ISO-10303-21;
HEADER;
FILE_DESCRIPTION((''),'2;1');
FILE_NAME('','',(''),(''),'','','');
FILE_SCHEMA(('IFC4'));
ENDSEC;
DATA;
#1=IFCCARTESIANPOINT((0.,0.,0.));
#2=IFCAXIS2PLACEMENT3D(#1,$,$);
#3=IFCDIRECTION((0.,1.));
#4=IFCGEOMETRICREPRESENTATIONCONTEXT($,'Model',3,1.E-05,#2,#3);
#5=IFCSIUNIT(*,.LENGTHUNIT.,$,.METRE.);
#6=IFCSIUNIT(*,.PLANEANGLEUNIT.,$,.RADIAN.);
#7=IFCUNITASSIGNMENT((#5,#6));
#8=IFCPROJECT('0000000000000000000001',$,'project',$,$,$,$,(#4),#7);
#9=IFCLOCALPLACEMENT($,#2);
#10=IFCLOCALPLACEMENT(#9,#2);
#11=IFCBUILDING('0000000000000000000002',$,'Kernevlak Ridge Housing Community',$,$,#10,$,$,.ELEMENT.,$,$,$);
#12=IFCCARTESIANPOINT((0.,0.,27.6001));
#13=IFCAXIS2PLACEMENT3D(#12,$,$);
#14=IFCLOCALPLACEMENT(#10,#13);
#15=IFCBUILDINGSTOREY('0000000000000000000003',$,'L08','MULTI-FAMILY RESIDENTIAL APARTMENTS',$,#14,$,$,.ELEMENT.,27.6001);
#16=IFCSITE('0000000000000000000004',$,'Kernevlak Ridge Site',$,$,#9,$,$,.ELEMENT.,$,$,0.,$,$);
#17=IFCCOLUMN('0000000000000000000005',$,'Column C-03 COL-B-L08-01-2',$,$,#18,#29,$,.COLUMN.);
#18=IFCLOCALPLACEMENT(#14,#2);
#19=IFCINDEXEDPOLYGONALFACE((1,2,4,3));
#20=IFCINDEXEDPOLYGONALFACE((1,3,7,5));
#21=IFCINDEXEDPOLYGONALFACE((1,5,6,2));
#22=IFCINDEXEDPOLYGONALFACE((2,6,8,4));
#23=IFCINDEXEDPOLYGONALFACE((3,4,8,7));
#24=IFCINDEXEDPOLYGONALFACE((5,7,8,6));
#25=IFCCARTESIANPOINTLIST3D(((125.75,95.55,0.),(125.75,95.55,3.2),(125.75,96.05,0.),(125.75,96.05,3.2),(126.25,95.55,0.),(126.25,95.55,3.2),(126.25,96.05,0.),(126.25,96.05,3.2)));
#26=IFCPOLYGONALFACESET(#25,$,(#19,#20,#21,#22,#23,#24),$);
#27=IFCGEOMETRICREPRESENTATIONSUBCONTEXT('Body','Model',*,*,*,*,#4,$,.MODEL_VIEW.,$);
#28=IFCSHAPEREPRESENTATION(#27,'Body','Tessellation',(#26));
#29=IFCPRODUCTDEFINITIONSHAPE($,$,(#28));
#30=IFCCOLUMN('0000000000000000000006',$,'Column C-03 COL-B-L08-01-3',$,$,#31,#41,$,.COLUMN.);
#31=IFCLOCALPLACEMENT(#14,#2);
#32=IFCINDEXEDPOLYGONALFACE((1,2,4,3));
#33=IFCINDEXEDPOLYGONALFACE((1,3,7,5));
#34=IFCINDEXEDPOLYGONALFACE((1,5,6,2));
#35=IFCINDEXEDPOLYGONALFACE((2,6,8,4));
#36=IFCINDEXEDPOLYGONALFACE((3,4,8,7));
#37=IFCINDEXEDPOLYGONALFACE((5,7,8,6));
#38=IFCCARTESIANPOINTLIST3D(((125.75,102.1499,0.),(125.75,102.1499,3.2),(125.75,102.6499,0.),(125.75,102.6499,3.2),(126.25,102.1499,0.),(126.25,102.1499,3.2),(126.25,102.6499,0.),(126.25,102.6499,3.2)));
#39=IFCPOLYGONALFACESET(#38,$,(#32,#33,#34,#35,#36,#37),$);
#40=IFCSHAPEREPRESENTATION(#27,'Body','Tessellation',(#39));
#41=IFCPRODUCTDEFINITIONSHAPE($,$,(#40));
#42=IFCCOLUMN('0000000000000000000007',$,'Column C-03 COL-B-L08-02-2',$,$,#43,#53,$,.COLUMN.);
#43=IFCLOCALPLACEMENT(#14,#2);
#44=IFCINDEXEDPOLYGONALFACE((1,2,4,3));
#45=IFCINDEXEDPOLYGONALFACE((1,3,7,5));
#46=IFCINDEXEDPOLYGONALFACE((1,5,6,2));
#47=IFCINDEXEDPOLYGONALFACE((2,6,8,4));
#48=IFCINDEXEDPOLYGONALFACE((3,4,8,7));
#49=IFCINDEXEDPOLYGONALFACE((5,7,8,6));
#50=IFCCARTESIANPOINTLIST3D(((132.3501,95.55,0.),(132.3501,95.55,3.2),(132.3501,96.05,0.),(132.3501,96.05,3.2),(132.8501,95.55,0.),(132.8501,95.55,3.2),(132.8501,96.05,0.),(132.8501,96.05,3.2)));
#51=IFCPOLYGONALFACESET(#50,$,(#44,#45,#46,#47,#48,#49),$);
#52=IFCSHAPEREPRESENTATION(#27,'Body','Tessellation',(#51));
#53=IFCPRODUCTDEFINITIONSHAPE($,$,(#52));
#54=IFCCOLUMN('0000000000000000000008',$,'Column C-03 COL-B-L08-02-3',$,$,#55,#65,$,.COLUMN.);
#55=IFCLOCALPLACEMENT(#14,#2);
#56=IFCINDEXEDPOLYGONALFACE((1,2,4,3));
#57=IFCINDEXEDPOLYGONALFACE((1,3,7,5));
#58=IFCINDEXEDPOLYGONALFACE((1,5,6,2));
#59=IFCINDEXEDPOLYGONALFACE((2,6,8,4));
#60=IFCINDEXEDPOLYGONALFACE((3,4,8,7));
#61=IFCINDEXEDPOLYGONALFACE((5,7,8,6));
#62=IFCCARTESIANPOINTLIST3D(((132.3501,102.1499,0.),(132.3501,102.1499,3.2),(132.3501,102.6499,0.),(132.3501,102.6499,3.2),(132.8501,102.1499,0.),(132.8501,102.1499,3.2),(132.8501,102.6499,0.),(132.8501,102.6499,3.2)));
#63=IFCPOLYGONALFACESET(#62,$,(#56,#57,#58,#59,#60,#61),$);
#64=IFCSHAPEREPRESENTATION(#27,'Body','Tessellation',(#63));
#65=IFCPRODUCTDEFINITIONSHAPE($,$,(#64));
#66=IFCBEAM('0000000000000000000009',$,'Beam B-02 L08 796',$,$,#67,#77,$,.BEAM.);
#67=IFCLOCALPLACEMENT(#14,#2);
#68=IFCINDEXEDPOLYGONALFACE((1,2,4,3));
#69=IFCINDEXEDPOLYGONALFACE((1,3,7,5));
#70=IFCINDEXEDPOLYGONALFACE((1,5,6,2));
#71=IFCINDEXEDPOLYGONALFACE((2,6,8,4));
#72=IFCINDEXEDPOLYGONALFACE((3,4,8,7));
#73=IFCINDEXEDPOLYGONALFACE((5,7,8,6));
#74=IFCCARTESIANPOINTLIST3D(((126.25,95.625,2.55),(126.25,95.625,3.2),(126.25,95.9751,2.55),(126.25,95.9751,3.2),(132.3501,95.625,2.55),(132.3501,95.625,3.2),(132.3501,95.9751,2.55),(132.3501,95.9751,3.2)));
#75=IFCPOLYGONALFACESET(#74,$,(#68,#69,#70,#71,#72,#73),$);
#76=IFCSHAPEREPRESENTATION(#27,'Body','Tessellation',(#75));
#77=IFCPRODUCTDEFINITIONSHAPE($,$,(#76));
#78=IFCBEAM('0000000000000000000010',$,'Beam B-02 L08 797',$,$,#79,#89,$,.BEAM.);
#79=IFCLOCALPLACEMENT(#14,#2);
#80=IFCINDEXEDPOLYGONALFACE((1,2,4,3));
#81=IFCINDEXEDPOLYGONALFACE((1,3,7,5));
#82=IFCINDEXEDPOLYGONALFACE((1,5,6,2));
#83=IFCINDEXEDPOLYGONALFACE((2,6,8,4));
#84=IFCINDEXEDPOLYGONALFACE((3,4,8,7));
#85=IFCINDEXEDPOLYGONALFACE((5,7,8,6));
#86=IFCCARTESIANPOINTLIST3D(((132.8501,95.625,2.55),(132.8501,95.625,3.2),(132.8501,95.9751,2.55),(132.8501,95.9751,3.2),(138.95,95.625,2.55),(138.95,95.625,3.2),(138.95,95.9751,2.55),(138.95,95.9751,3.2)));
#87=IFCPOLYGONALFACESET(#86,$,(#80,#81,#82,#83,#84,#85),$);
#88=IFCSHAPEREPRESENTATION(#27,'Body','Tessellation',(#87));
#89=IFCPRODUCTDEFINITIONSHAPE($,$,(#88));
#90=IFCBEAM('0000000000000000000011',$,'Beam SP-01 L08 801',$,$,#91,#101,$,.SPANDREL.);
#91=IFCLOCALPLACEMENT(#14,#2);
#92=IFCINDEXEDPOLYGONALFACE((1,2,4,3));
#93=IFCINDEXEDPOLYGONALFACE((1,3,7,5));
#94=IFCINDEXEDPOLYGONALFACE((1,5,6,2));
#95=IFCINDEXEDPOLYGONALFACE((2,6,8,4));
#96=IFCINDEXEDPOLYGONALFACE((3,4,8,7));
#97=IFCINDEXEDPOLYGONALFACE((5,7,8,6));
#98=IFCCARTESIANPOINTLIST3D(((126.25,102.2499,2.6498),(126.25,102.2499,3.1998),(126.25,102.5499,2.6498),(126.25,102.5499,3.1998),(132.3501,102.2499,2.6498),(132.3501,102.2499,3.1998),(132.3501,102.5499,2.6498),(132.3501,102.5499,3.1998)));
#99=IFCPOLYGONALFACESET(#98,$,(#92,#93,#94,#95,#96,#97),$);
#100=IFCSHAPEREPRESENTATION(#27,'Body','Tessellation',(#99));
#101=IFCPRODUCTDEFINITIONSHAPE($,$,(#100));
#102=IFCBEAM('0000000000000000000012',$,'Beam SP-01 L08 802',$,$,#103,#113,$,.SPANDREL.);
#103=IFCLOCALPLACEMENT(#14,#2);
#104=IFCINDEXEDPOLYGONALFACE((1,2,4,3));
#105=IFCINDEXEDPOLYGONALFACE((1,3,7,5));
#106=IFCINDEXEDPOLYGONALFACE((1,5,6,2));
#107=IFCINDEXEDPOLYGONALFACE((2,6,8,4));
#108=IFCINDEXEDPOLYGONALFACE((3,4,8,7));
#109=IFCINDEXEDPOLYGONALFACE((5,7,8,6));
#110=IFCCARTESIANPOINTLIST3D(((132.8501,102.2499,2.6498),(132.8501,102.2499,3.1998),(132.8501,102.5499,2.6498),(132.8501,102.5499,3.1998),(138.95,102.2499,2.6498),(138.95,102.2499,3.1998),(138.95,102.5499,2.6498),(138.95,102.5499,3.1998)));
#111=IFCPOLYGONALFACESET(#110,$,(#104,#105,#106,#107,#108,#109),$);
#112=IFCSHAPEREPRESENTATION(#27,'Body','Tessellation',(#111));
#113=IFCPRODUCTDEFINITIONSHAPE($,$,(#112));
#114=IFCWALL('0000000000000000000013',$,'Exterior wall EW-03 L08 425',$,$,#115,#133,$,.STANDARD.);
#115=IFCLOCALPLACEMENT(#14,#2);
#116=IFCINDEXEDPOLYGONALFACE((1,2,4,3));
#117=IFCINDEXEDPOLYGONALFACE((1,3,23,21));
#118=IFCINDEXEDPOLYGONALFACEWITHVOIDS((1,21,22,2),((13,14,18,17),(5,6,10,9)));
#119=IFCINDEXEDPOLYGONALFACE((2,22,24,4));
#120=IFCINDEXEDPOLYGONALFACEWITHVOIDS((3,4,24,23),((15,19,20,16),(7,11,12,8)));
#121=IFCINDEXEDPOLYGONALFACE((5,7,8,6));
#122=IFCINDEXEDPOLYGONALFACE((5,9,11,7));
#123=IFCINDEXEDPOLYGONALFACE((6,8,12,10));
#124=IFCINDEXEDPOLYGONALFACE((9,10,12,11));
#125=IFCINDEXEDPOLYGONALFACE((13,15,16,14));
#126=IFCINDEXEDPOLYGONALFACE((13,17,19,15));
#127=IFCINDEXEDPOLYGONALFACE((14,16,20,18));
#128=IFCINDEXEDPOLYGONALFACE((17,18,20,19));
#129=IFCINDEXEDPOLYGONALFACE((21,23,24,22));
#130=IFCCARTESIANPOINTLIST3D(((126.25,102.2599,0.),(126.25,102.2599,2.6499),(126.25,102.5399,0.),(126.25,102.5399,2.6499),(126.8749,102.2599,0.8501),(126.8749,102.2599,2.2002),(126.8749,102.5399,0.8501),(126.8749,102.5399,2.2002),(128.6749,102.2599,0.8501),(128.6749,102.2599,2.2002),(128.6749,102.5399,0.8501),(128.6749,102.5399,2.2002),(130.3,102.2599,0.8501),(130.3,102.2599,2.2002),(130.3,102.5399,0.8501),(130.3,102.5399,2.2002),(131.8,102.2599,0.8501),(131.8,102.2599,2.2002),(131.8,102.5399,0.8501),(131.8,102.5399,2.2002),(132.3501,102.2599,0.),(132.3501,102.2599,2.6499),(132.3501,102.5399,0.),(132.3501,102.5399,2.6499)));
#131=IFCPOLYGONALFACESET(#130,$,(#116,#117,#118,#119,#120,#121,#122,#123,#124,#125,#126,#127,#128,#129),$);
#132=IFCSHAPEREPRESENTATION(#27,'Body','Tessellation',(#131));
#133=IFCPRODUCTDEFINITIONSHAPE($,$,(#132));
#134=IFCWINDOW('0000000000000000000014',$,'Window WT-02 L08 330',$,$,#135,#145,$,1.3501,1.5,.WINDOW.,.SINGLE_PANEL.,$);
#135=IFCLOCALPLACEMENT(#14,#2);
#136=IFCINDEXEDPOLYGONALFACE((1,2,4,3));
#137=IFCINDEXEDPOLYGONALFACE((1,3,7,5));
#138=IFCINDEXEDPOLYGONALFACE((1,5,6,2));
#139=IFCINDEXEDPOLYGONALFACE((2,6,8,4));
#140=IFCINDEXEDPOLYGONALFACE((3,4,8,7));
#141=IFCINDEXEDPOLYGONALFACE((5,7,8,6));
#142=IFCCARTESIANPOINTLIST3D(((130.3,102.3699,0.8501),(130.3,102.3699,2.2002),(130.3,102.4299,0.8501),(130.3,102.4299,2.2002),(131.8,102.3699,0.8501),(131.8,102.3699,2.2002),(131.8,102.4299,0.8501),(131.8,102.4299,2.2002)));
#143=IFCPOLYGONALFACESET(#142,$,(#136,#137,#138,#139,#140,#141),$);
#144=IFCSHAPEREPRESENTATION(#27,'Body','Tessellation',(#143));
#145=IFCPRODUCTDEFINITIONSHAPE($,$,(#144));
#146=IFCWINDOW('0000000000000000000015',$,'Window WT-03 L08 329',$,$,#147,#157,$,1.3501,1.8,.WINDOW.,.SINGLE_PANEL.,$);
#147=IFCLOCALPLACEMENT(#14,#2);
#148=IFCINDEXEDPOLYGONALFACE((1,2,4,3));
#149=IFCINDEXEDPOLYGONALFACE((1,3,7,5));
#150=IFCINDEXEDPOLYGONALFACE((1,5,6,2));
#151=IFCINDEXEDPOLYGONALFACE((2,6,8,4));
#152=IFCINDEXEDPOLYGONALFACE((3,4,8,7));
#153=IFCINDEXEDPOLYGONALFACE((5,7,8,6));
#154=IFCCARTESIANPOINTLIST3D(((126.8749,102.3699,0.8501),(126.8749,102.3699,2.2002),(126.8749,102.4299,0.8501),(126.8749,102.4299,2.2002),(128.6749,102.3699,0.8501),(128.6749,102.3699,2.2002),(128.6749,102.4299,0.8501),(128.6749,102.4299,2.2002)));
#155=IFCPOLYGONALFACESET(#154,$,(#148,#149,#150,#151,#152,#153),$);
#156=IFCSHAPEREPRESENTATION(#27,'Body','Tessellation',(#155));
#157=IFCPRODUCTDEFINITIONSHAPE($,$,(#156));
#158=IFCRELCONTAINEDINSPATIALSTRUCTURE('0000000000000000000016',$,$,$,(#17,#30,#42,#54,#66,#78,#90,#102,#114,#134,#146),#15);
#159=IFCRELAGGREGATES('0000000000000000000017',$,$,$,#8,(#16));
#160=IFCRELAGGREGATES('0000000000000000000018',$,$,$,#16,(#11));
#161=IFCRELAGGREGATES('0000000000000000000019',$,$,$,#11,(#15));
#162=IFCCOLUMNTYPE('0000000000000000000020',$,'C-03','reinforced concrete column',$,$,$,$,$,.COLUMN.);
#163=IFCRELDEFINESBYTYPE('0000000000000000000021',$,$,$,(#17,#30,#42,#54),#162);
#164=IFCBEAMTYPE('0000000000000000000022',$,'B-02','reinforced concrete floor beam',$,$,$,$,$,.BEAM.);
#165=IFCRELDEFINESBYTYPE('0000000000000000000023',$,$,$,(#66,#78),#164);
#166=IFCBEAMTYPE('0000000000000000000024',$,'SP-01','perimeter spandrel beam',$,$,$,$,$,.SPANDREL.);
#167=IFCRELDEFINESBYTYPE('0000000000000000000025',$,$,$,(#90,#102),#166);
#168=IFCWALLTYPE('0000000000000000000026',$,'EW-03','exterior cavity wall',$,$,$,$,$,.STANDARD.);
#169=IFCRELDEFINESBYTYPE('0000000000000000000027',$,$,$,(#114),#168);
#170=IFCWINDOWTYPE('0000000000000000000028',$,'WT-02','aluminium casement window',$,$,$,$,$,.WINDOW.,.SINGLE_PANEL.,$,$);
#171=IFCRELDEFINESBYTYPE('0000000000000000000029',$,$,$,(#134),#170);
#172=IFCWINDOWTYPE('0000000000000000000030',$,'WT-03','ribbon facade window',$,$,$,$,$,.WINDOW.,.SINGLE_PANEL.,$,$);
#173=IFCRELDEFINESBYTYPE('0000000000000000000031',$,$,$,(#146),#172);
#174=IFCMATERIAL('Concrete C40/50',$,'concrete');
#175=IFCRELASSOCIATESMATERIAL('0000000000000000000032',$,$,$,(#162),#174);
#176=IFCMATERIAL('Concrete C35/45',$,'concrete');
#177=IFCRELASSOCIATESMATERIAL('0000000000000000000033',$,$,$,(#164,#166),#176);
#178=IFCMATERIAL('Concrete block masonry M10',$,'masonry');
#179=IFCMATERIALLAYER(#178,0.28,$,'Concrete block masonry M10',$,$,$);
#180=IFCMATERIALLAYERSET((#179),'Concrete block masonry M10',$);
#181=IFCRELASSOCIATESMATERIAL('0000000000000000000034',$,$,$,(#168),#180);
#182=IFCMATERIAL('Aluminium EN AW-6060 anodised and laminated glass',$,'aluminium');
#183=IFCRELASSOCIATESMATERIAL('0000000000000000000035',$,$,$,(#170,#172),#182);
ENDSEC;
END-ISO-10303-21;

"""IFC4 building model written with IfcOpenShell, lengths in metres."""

from ifc_helpers import new_model, si_unit, direction, frame, frame_2d, origin, origin_2d, place, context, subcontext, project, spatial, rectangle, extrude, material, layer, layer_set, material_profile, profile_set, type_object, element, fill, save


model = new_model("IFC4")

# Units and contexts
model_context = context("Model", 3, precision=1e-05, world=origin(), true_north=direction((0.0, 1.0)))
body_context = subcontext(model_context, "Body", "Model", "MODEL_VIEW")
ifc_project = project(units=[si_unit("LENGTHUNIT", "METRE"), si_unit("PLANEANGLEUNIT", "RADIAN")], contexts=[model_context])

# Site, building, storey
site_placement = place(None, origin())
site = spatial("IfcSite", under=ifc_project, at=site_placement, Name="Kernevlak Ridge Site", CompositionType="ELEMENT", RefElevation=0.0)
building_placement = place(site_placement, origin())
building = spatial("IfcBuilding", under=site, at=building_placement, Name="Kernevlak Ridge Housing Community", CompositionType="ELEMENT")
storey_placement = place(building_placement, frame((0.0, 0.0, 27.6001)))
storey = spatial("IfcBuildingStorey", under=building, at=storey_placement, Name="L08", Description="MULTI-FAMILY RESIDENTIAL APARTMENTS", CompositionType="ELEMENT", Elevation=27.6001)

# Columns
ifc_material_1 = material(Name="Concrete C40/50", Category="concrete")
ifc_material_profile_1 = material_profile(ifc_material_1, rectangle(XDim=0.5, YDim=0.5, at=origin_2d()), Name="RC 500x500")
ifc_profile_set_1 = profile_set([ifc_material_profile_1], Name="Concrete C40/50")
column_type = type_object("IfcColumnType", Name="C-03", Description="reinforced concrete column", PredefinedType="COLUMN", material=ifc_profile_set_1)
for number, where, z_axis, x_axis, name in (
    (1, (126.0, 95.8, 0.0), (0.0, 0.0, 1.0), (1.0, 0.0, 0.0), "Column C-03 COL-B-L08-01-2"),
    (2, (126.0, 102.3999, 0.0), (0.0, 0.0, 1.0), (1.0, 0.0, 0.0), "Column C-03 COL-B-L08-01-3"),
    (3, (132.6001, 95.8, 0.0), (0.0, 0.0, 1.0), (1.0, 0.0, 0.0), "Column C-03 COL-B-L08-02-2"),
    (4, (132.6001, 102.3999, 0.0), (0.0, 0.0, 1.0), (1.0, 0.0, 0.0), "Column C-03 COL-B-L08-02-3"),
):
    element("IfcColumn", number, at=place(storey_placement, frame(where, z_axis=z_axis, x_axis=x_axis)), inside=storey, type_object=column_type, Name=name, PredefinedType="COLUMN", context=body_context, shape_type="SweptSolid", body=[
        extrude(rectangle(XDim=0.5, YDim=0.5, at=origin_2d()), origin(), (0.0, 0.0, 1.0), 3.2),
    ])

# Beams
ifc_material_2 = material(Name="Concrete C35/45", Category="concrete")
ifc_material_profile_2 = material_profile(ifc_material_2, rectangle(XDim=0.3501, YDim=0.6499, at=origin_2d()), Name="RC 350x650")
ifc_profile_set_2 = profile_set([ifc_material_profile_2], Name="Concrete C35/45")
beam_type_1 = type_object("IfcBeamType", Name="B-02", Description="reinforced concrete floor beam", PredefinedType="BEAM", material=ifc_profile_set_2)
beam_1_placement = place(storey_placement, frame((126.25, 95.8, 2.875), z_axis=(1.0, 0.0, 0.0), x_axis=(0.0, 1.0, 0.0)))
element("IfcBeam", 5, at=beam_1_placement, inside=storey, type_object=beam_type_1, Name="Beam B-02 L08 796", PredefinedType="BEAM", context=body_context, shape_type="SweptSolid", body=[
    extrude(rectangle(XDim=0.3501, YDim=0.6499, at=origin_2d()), origin(), (0.0, 0.0, 1.0), 6.1001),
])
beam_2_placement = place(storey_placement, frame((132.8501, 95.8, 2.875), z_axis=(1.0, 0.0, 0.0), x_axis=(0.0, 1.0, 0.0)))
element("IfcBeam", 6, at=beam_2_placement, inside=storey, type_object=beam_type_1, Name="Beam B-02 L08 797", PredefinedType="BEAM", context=body_context, shape_type="SweptSolid", body=[
    extrude(rectangle(XDim=0.3501, YDim=0.6499, at=origin_2d()), origin(), (0.0, 0.0, 1.0), 6.0999),
])
ifc_material_profile_3 = material_profile(ifc_material_2, rectangle(XDim=0.3, YDim=0.55, at=origin_2d()), Name="RC 300x550")
ifc_profile_set_3 = profile_set([ifc_material_profile_3], Name="Concrete C35/45")
beam_type_2 = type_object("IfcBeamType", Name="SP-01", Description="perimeter spandrel beam", PredefinedType="SPANDREL", material=ifc_profile_set_3)
beam_3_placement = place(storey_placement, frame((126.25, 102.3999, 2.9248), z_axis=(1.0, 0.0, 0.0), x_axis=(0.0, 1.0, 0.0)))
element("IfcBeam", 7, at=beam_3_placement, inside=storey, type_object=beam_type_2, Name="Beam SP-01 L08 801", PredefinedType="SPANDREL", context=body_context, shape_type="SweptSolid", body=[
    extrude(rectangle(XDim=0.3, YDim=0.55, at=origin_2d()), origin(), (0.0, 0.0, 1.0), 6.1001),
])
beam_4_placement = place(storey_placement, frame((132.8501, 102.3999, 2.9248), z_axis=(1.0, 0.0, 0.0), x_axis=(0.0, 1.0, 0.0)))
element("IfcBeam", 8, at=beam_4_placement, inside=storey, type_object=beam_type_2, Name="Beam SP-01 L08 802", PredefinedType="SPANDREL", context=body_context, shape_type="SweptSolid", body=[
    extrude(rectangle(XDim=0.3, YDim=0.55, at=origin_2d()), origin(), (0.0, 0.0, 1.0), 6.0999),
])

# Wall, openings, windows
ifc_material_3 = material(Name="Concrete block masonry M10", Category="masonry")
ifc_layer_1 = layer(ifc_material_3, 0.28, Name="Concrete block masonry M10")
ifc_layer_set_1 = layer_set([ifc_layer_1], Name="Concrete block masonry M10")
wall_type_1 = type_object("IfcWallType", Name="EW-03", Description="exterior cavity wall", PredefinedType="STANDARD", material=ifc_layer_set_1)
wall_1_placement = place(storey_placement, frame((126.25, 102.3999, 0.0), z_axis=(0.0, 0.0, 1.0), x_axis=(1.0, 0.0, 0.0)))
wall_1 = element("IfcWall", 9, at=wall_1_placement, inside=storey, type_object=wall_type_1, Name="Exterior wall EW-03 L08 425", PredefinedType="STANDARD", context=body_context, shape_type="SweptSolid", body=[
    extrude(rectangle(XDim=6.1001, YDim=0.28, at=frame_2d((3.05, 0.0))), origin(), (0.0, 0.0, 1.0), 2.6499),
])
opening_1_placement = place(wall_1_placement, frame((0.625, 0.0, 0.8501)))
opening_1 = element("IfcOpeningElement", 10, at=opening_1_placement, cuts=wall_1, PredefinedType="OPENING", context=body_context, shape_type="SweptSolid", body=[
    extrude(rectangle(XDim=1.8, YDim=1.3501, at=frame_2d((0.8999, 0.675))), frame((0.0, 0.1499, 0.0), z_axis=(0.0, -1.0, 0.0), x_axis=(1.0, 0.0, 0.0)), (0.0, 0.0, 1.0), 0.3),
])
opening_2_placement = place(wall_1_placement, frame((4.05, 0.0, 0.8501)))
opening_2 = element("IfcOpeningElement", 11, at=opening_2_placement, cuts=wall_1, PredefinedType="OPENING", context=body_context, shape_type="SweptSolid", body=[
    extrude(rectangle(XDim=1.5, YDim=1.3501, at=frame_2d((0.75, 0.675))), frame((0.0, 0.1499, 0.0), z_axis=(0.0, -1.0, 0.0), x_axis=(1.0, 0.0, 0.0)), (0.0, 0.0, 1.0), 0.3),
])
ifc_material_4 = material(Name="Aluminium EN AW-6060 anodised and laminated glass", Category="aluminium")
window_type_1 = type_object("IfcWindowType", Name="WT-02", Description="aluminium casement window", PartitioningType="SINGLE_PANEL", PredefinedType="WINDOW", material=ifc_material_4)
window_1_placement = place(opening_2_placement, origin())
window_1 = element("IfcWindow", 12, at=window_1_placement, inside=storey, type_object=window_type_1, Name="Window WT-02 L08 330", OverallHeight=1.3501, OverallWidth=1.5, PartitioningType="SINGLE_PANEL", PredefinedType="WINDOW", context=body_context, shape_type="SweptSolid", body=[
    extrude(rectangle(XDim=1.5, YDim=1.3501, at=frame_2d((0.75, 0.675))), frame((0.0, 0.03, 0.0), z_axis=(0.0, -1.0, 0.0), x_axis=(1.0, 0.0, 0.0)), (0.0, 0.0, 1.0), 0.0601),
])
fill(opening_2, window_1)
window_type_2 = type_object("IfcWindowType", Name="WT-03", Description="ribbon facade window", PartitioningType="SINGLE_PANEL", PredefinedType="WINDOW", material=ifc_material_4)
window_2_placement = place(opening_1_placement, origin())
window_2 = element("IfcWindow", 13, at=window_2_placement, inside=storey, type_object=window_type_2, Name="Window WT-03 L08 329", OverallHeight=1.3501, OverallWidth=1.8, PartitioningType="SINGLE_PANEL", PredefinedType="WINDOW", context=body_context, shape_type="SweptSolid", body=[
    extrude(rectangle(XDim=1.8, YDim=1.3501, at=frame_2d((0.8999, 0.675))), frame((0.0, 0.03, 0.0), z_axis=(0.0, -1.0, 0.0), x_axis=(1.0, 0.0, 0.0)), (0.0, 0.0, 1.0), 0.0601),
])
fill(opening_1, window_2)

save(model, "model.ifc")
